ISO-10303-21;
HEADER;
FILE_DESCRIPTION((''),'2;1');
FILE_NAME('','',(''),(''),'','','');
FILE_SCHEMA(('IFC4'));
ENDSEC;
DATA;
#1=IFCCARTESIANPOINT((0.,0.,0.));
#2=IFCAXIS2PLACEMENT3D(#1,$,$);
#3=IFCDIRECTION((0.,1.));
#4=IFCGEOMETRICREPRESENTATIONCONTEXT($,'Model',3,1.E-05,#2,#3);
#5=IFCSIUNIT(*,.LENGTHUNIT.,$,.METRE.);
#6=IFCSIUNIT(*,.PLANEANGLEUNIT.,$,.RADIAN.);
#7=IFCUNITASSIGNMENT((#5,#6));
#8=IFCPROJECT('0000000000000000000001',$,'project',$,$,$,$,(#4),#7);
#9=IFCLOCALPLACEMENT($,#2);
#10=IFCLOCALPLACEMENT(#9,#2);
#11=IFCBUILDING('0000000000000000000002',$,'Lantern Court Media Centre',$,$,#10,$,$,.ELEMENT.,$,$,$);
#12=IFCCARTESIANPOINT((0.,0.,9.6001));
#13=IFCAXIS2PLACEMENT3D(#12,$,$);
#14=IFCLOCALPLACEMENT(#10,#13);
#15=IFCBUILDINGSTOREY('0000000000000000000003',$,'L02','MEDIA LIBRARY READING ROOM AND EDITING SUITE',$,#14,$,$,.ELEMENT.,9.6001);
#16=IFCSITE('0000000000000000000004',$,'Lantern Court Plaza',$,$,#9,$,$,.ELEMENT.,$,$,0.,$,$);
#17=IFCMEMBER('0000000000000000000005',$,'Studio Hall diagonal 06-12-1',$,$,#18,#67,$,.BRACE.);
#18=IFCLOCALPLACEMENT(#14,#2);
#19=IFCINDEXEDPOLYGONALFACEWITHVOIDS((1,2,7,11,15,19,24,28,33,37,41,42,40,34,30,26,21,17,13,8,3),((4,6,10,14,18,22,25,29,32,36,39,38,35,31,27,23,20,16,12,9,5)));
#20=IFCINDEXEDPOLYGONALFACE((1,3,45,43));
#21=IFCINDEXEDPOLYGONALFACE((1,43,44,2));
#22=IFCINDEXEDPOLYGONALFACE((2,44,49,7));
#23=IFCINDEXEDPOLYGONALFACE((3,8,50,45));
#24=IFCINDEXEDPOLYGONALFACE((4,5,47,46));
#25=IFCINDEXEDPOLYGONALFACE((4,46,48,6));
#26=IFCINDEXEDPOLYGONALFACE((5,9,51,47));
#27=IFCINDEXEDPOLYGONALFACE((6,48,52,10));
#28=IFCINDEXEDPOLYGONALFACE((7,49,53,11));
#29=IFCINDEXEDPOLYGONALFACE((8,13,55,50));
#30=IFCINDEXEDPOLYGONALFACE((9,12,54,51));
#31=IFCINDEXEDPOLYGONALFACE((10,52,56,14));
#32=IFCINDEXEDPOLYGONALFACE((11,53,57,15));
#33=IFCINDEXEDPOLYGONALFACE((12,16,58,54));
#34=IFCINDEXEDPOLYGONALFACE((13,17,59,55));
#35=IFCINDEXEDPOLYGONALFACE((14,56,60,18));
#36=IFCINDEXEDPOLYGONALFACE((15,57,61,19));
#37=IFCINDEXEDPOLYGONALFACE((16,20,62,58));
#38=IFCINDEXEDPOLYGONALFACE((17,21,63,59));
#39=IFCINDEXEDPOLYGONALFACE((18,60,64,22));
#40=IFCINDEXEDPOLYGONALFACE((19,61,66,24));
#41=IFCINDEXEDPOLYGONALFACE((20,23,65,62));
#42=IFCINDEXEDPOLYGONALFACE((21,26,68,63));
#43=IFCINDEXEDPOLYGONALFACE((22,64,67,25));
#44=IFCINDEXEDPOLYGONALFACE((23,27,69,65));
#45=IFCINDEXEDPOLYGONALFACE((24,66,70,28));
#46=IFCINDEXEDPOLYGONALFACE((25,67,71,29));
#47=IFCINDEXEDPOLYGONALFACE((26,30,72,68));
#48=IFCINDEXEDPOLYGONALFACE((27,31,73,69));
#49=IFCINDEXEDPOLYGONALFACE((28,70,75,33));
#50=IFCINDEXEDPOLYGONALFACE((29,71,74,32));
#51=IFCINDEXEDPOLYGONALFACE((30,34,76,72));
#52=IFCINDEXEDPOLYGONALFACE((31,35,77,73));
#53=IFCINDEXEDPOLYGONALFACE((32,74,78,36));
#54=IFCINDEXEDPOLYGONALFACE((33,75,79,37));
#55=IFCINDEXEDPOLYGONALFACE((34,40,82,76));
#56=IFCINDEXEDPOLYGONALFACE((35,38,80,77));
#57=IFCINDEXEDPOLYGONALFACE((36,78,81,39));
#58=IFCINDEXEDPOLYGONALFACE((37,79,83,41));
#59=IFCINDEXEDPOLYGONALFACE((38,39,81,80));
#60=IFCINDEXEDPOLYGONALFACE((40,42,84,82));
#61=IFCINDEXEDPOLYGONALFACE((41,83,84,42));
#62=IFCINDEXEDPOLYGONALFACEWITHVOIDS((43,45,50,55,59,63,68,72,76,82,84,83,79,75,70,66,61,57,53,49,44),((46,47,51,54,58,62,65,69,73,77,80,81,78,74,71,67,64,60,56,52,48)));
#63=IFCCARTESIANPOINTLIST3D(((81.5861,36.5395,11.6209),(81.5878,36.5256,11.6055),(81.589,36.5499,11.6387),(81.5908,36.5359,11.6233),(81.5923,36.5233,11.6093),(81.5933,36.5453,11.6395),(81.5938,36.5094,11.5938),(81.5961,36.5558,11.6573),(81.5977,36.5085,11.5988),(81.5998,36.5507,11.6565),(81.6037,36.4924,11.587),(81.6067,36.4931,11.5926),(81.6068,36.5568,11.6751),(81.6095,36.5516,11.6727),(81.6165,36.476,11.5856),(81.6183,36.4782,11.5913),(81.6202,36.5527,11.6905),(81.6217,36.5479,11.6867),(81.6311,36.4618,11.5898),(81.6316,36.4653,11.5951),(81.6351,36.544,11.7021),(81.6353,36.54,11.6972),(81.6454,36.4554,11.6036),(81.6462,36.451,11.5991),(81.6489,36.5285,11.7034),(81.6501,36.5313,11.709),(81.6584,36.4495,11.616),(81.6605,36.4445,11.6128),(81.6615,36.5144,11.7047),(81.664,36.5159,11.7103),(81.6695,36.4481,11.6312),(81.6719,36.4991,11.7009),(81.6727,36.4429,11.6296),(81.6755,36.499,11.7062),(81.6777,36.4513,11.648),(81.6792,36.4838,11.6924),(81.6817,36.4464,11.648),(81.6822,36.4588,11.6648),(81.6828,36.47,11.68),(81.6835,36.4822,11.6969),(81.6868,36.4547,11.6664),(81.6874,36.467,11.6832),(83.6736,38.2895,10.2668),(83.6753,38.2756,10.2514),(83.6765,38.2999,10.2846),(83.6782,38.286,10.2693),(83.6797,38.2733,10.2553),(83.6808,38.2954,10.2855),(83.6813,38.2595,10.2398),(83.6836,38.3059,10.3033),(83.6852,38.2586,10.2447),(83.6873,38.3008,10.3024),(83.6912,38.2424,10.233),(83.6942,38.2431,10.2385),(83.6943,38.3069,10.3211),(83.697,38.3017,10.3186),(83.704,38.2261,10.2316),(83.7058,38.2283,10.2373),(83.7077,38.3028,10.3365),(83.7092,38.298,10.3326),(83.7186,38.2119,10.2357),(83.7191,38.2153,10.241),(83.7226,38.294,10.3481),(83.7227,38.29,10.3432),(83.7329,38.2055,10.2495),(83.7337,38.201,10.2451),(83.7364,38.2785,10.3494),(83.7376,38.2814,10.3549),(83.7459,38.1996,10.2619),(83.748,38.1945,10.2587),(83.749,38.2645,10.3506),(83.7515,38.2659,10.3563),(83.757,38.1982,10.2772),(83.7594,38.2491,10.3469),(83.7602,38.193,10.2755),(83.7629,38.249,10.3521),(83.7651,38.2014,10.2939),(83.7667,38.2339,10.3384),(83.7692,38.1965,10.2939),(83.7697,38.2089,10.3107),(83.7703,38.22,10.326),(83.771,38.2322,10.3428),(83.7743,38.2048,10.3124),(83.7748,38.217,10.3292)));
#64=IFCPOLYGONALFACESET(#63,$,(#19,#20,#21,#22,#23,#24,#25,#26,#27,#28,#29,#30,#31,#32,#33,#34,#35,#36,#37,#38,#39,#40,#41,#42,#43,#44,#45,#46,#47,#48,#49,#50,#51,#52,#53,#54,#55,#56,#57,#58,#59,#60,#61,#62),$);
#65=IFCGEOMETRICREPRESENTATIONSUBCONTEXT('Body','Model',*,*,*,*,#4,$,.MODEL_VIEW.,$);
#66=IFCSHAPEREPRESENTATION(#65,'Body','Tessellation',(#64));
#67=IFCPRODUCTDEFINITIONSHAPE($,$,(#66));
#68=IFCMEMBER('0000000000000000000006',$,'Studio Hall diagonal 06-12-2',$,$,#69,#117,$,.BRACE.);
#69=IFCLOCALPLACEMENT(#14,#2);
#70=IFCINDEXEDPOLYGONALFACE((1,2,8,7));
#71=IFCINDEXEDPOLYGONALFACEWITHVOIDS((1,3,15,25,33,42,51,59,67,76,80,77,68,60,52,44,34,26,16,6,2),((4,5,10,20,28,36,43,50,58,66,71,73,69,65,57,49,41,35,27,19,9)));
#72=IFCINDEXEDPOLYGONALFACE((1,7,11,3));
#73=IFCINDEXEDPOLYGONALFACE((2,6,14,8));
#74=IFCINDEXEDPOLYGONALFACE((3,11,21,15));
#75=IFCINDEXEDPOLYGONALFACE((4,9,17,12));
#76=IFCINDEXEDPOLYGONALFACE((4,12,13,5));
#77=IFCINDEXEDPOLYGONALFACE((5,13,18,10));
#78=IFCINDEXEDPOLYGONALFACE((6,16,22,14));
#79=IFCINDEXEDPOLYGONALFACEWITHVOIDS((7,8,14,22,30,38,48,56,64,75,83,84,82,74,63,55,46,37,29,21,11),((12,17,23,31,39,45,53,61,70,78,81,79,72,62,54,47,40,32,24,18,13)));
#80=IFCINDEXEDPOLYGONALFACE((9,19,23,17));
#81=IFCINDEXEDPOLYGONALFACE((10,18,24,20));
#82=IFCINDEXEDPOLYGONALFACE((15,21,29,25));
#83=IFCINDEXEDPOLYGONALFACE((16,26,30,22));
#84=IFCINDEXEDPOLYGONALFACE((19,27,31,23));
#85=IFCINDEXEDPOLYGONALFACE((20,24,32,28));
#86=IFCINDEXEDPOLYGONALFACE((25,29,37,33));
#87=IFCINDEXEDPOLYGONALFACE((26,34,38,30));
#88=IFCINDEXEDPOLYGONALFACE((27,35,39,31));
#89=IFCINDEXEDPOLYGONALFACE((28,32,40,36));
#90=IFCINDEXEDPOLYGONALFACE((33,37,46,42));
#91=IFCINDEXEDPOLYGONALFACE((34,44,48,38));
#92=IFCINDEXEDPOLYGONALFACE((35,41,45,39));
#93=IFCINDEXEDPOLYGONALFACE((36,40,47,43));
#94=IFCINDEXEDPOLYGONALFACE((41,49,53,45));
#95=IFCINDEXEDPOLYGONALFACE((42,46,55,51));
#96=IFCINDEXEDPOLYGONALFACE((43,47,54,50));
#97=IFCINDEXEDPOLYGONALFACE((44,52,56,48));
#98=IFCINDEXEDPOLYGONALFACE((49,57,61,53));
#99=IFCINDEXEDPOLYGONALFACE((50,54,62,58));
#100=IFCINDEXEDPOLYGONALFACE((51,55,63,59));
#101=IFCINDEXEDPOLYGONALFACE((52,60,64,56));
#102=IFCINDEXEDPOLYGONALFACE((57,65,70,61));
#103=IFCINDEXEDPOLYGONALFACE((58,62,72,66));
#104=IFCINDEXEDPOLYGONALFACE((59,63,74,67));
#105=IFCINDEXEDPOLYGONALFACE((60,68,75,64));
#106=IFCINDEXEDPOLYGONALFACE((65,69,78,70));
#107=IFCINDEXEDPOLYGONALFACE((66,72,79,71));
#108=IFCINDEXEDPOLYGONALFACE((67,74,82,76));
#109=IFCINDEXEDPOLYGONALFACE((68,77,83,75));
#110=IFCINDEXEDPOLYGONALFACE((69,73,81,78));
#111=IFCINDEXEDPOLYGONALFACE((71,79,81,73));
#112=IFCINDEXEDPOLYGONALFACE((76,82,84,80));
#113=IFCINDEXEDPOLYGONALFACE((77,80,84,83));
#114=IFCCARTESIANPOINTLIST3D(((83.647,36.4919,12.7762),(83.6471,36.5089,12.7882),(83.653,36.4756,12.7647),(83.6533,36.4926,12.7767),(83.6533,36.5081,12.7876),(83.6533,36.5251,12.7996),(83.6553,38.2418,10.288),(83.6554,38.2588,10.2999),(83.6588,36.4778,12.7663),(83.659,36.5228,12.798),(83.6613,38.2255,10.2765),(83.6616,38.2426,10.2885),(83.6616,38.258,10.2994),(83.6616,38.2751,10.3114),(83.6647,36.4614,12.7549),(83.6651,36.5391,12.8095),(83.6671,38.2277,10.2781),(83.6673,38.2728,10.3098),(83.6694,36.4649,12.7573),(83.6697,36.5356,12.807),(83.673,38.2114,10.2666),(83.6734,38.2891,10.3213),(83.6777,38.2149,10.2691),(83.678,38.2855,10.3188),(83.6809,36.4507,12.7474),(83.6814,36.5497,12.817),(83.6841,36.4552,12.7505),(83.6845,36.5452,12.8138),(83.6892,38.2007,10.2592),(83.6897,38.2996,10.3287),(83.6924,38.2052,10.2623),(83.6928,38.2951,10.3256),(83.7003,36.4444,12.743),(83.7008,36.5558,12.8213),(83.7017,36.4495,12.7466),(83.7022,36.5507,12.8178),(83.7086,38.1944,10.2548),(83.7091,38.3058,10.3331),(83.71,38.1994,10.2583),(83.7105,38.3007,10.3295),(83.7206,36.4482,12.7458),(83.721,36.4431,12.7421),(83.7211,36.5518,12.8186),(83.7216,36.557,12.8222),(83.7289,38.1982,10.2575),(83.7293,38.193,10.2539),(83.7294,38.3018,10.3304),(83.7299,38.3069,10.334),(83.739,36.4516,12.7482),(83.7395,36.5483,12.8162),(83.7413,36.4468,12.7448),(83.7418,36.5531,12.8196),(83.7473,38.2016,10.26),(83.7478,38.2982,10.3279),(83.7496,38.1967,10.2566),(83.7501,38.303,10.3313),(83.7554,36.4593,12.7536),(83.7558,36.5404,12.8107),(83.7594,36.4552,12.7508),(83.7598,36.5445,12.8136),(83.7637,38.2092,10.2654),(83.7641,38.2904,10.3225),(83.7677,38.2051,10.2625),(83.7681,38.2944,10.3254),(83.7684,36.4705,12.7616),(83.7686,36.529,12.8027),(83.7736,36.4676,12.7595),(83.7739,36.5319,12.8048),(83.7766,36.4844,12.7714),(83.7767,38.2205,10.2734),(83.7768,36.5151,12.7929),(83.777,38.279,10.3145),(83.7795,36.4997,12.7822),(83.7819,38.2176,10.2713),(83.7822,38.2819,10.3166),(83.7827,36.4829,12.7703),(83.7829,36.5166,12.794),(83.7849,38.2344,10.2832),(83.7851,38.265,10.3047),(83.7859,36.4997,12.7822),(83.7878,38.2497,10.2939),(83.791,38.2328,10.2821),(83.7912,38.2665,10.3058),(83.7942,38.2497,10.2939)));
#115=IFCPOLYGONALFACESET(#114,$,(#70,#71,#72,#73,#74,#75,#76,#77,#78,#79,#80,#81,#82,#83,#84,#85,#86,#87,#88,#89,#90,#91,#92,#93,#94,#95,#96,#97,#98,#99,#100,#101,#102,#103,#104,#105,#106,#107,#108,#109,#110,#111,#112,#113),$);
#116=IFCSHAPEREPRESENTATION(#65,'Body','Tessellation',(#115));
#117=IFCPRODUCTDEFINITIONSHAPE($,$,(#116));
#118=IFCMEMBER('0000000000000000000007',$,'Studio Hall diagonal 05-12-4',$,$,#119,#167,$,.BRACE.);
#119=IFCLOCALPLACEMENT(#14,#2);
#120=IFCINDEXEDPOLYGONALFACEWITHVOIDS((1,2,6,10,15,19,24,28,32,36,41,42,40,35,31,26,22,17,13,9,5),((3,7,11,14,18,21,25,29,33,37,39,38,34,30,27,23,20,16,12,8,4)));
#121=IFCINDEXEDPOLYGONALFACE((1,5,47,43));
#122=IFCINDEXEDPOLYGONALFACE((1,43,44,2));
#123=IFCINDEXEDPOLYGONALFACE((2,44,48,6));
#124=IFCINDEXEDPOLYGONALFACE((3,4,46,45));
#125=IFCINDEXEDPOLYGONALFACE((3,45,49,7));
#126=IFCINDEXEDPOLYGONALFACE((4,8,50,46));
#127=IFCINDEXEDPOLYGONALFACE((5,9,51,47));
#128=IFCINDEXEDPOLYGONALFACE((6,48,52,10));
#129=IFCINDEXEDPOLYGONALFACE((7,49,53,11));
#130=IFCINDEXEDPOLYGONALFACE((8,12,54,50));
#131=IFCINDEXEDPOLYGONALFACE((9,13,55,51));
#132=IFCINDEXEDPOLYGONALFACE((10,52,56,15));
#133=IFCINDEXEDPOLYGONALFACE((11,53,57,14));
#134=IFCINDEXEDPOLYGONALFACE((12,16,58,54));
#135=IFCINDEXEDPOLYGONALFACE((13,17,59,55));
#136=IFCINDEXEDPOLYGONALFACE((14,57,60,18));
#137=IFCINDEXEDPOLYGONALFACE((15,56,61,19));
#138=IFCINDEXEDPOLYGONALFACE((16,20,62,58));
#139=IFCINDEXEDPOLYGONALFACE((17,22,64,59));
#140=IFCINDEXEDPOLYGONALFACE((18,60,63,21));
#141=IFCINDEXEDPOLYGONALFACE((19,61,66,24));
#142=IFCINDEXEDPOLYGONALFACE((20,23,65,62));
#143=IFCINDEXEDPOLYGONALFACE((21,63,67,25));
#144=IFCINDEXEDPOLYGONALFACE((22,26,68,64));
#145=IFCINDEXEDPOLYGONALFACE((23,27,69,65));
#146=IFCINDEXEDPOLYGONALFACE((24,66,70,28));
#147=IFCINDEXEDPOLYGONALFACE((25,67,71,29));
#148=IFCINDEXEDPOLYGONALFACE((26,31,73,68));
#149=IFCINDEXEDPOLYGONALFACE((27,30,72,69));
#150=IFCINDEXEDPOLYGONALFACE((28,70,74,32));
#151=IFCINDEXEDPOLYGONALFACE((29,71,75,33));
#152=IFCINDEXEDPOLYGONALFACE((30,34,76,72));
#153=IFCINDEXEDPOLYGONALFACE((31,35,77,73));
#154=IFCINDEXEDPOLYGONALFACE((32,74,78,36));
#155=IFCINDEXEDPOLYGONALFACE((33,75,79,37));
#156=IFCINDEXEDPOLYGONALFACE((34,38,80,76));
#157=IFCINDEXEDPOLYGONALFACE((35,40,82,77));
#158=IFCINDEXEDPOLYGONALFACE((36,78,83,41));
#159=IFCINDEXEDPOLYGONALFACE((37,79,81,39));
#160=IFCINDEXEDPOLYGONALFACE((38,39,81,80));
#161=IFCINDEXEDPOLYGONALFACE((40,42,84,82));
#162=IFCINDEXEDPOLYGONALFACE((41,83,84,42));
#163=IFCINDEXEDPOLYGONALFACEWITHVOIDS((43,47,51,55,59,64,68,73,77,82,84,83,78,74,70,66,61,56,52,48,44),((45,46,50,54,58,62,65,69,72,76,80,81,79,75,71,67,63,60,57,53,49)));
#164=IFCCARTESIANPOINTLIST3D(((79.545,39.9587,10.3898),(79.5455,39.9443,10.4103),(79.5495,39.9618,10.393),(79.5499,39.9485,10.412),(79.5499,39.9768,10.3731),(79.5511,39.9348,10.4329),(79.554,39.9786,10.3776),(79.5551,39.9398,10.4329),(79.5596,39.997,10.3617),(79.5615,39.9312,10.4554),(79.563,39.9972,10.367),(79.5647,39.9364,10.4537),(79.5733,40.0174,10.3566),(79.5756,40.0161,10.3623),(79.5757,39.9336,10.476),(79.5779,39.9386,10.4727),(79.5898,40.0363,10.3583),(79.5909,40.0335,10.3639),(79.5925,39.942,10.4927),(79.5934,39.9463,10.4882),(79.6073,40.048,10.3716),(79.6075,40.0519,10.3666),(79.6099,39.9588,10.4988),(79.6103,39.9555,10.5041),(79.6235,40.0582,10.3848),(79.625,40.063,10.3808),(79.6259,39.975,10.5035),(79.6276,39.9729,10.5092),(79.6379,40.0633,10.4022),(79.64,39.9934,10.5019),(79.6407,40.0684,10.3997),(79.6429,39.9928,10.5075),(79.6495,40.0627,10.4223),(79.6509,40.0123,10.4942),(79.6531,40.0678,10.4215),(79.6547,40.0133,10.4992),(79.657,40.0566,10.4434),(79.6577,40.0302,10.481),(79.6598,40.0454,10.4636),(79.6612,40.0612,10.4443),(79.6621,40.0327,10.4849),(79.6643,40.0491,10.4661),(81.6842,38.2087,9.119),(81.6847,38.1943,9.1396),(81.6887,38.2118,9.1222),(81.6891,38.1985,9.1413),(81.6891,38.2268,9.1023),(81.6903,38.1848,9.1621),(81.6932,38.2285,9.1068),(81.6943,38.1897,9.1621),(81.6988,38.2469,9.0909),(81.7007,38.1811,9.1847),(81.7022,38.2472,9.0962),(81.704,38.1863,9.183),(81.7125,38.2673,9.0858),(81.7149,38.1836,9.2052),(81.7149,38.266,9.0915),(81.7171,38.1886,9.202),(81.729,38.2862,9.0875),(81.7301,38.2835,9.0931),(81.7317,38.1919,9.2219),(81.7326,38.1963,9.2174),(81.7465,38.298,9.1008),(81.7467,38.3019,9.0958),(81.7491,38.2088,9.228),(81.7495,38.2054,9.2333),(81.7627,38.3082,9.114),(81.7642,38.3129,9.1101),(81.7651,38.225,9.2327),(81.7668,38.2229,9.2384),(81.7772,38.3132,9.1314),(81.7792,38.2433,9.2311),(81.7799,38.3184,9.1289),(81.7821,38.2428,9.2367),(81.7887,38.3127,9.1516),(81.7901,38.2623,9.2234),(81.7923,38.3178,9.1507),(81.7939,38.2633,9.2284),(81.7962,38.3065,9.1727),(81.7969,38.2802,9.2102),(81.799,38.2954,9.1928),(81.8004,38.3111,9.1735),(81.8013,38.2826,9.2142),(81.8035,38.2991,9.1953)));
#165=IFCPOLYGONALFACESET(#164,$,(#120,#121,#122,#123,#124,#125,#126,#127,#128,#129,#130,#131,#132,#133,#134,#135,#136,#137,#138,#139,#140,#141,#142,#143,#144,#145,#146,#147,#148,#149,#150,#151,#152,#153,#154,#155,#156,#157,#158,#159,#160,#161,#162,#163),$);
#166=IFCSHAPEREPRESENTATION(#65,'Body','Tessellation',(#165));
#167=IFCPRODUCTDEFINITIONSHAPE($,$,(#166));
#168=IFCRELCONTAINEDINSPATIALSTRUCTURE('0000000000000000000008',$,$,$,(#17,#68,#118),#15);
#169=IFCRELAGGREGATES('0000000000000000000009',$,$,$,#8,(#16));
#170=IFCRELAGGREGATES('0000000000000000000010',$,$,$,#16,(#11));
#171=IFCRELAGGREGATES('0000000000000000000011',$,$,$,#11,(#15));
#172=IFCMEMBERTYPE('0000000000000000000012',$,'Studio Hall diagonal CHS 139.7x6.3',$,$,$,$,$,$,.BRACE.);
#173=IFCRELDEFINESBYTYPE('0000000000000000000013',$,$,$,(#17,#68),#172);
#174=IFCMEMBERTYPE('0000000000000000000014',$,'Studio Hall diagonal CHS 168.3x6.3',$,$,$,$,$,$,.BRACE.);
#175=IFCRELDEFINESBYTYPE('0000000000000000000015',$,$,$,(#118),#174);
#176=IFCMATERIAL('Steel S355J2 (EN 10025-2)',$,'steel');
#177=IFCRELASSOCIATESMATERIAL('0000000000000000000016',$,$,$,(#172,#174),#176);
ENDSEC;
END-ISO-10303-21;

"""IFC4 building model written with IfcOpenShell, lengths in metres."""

from ifc_helpers import new_model, si_unit, direction, frame, origin, origin_2d, place, context, subcontext, project, spatial, hollow_circle, extrude, material, material_profile, profile_set, type_object, element, save


model = new_model("IFC4")

# Units and contexts
model_context = context("Model", 3, precision=1e-05, world=origin(), true_north=direction((0.0, 1.0)))
body_context = subcontext(model_context, "Body", "Model", "MODEL_VIEW")
ifc_project = project(units=[si_unit("LENGTHUNIT", "METRE"), si_unit("PLANEANGLEUNIT", "RADIAN")], contexts=[model_context])

# Site, building, storey
site_placement = place(None, origin())
site = spatial("IfcSite", under=ifc_project, at=site_placement, Name="Lantern Court Plaza", CompositionType="ELEMENT", RefElevation=0.0)
building_placement = place(site_placement, origin())
building = spatial("IfcBuilding", under=site, at=building_placement, Name="Lantern Court Media Centre", CompositionType="ELEMENT")
storey_placement = place(building_placement, frame((0.0, 0.0, 9.6001)))
storey = spatial("IfcBuildingStorey", under=building, at=storey_placement, Name="L02", Description="MEDIA LIBRARY READING ROOM AND EDITING SUITE", CompositionType="ELEMENT", Elevation=9.6001)

# Members
ifc_material_1 = material(Name="Steel S355J2 (EN 10025-2)", Category="steel")
ifc_material_profile_1 = material_profile(ifc_material_1, hollow_circle(Radius=0.0698, WallThickness=0.0063, at=origin_2d()), Name="Studio Hall diagonal CHS 139.7x6.3")
ifc_profile_set_1 = profile_set([ifc_material_profile_1], Name="Steel S355J2 (EN 10025-2)")
member_type_1 = type_object("IfcMemberType", Name="Studio Hall diagonal CHS 139.7x6.3", PredefinedType="BRACE", material=ifc_profile_set_1)
for number, where, z_axis, x_axis, name in (
    (1, (83.7244, 38.25, 10.2939), (-0.68622, -0.575301, 0.44512), (0.642456, -0.766322, 0.0), "Studio Hall diagonal 06-12-1"),
    (2, (83.7244, 38.25, 10.2939), (-0.002729, -0.575269, 0.81796), (0.999989, -0.004743, 0.0), "Studio Hall diagonal 06-12-2"),
):
    element("IfcMember", number, at=place(storey_placement, frame(where, z_axis=z_axis, x_axis=x_axis)), inside=storey, type_object=member_type_1, Name=name, PredefinedType="BRACE", context=body_context, shape_type="SweptSolid", body=[
        extrude(hollow_circle(Radius=0.0698, WallThickness=0.0063, at=origin_2d()), origin(), (0.0, 0.0, 1.0), 3.042),
    ])
ifc_material_profile_2 = material_profile(ifc_material_1, hollow_circle(Radius=0.0842, WallThickness=0.0063, at=origin_2d()), Name="Studio Hall diagonal CHS 168.3x6.3")
ifc_profile_set_2 = profile_set([ifc_material_profile_2], Name="Steel S355J2 (EN 10025-2)")
member_type_2 = type_object("IfcMemberType", Name="Studio Hall diagonal CHS 168.3x6.3", PredefinedType="BRACE", material=ifc_profile_set_2)
member_1_placement = place(storey_placement, frame((81.7437, 38.25, 9.1621), z_axis=(-0.703225, 0.575293, 0.417746), x_axis=(-0.63319, -0.773997, 0.0)))
element("IfcMember", 3, at=member_1_placement, inside=storey, type_object=member_type_2, Name="Studio Hall diagonal 05-12-4", PredefinedType="BRACE", context=body_context, shape_type="SweptSolid", body=[
    extrude(hollow_circle(Radius=0.0842, WallThickness=0.0063, at=origin_2d()), origin(), (0.0, 0.0, 1.0), 3.042),
])

save(model, "model.ifc")
